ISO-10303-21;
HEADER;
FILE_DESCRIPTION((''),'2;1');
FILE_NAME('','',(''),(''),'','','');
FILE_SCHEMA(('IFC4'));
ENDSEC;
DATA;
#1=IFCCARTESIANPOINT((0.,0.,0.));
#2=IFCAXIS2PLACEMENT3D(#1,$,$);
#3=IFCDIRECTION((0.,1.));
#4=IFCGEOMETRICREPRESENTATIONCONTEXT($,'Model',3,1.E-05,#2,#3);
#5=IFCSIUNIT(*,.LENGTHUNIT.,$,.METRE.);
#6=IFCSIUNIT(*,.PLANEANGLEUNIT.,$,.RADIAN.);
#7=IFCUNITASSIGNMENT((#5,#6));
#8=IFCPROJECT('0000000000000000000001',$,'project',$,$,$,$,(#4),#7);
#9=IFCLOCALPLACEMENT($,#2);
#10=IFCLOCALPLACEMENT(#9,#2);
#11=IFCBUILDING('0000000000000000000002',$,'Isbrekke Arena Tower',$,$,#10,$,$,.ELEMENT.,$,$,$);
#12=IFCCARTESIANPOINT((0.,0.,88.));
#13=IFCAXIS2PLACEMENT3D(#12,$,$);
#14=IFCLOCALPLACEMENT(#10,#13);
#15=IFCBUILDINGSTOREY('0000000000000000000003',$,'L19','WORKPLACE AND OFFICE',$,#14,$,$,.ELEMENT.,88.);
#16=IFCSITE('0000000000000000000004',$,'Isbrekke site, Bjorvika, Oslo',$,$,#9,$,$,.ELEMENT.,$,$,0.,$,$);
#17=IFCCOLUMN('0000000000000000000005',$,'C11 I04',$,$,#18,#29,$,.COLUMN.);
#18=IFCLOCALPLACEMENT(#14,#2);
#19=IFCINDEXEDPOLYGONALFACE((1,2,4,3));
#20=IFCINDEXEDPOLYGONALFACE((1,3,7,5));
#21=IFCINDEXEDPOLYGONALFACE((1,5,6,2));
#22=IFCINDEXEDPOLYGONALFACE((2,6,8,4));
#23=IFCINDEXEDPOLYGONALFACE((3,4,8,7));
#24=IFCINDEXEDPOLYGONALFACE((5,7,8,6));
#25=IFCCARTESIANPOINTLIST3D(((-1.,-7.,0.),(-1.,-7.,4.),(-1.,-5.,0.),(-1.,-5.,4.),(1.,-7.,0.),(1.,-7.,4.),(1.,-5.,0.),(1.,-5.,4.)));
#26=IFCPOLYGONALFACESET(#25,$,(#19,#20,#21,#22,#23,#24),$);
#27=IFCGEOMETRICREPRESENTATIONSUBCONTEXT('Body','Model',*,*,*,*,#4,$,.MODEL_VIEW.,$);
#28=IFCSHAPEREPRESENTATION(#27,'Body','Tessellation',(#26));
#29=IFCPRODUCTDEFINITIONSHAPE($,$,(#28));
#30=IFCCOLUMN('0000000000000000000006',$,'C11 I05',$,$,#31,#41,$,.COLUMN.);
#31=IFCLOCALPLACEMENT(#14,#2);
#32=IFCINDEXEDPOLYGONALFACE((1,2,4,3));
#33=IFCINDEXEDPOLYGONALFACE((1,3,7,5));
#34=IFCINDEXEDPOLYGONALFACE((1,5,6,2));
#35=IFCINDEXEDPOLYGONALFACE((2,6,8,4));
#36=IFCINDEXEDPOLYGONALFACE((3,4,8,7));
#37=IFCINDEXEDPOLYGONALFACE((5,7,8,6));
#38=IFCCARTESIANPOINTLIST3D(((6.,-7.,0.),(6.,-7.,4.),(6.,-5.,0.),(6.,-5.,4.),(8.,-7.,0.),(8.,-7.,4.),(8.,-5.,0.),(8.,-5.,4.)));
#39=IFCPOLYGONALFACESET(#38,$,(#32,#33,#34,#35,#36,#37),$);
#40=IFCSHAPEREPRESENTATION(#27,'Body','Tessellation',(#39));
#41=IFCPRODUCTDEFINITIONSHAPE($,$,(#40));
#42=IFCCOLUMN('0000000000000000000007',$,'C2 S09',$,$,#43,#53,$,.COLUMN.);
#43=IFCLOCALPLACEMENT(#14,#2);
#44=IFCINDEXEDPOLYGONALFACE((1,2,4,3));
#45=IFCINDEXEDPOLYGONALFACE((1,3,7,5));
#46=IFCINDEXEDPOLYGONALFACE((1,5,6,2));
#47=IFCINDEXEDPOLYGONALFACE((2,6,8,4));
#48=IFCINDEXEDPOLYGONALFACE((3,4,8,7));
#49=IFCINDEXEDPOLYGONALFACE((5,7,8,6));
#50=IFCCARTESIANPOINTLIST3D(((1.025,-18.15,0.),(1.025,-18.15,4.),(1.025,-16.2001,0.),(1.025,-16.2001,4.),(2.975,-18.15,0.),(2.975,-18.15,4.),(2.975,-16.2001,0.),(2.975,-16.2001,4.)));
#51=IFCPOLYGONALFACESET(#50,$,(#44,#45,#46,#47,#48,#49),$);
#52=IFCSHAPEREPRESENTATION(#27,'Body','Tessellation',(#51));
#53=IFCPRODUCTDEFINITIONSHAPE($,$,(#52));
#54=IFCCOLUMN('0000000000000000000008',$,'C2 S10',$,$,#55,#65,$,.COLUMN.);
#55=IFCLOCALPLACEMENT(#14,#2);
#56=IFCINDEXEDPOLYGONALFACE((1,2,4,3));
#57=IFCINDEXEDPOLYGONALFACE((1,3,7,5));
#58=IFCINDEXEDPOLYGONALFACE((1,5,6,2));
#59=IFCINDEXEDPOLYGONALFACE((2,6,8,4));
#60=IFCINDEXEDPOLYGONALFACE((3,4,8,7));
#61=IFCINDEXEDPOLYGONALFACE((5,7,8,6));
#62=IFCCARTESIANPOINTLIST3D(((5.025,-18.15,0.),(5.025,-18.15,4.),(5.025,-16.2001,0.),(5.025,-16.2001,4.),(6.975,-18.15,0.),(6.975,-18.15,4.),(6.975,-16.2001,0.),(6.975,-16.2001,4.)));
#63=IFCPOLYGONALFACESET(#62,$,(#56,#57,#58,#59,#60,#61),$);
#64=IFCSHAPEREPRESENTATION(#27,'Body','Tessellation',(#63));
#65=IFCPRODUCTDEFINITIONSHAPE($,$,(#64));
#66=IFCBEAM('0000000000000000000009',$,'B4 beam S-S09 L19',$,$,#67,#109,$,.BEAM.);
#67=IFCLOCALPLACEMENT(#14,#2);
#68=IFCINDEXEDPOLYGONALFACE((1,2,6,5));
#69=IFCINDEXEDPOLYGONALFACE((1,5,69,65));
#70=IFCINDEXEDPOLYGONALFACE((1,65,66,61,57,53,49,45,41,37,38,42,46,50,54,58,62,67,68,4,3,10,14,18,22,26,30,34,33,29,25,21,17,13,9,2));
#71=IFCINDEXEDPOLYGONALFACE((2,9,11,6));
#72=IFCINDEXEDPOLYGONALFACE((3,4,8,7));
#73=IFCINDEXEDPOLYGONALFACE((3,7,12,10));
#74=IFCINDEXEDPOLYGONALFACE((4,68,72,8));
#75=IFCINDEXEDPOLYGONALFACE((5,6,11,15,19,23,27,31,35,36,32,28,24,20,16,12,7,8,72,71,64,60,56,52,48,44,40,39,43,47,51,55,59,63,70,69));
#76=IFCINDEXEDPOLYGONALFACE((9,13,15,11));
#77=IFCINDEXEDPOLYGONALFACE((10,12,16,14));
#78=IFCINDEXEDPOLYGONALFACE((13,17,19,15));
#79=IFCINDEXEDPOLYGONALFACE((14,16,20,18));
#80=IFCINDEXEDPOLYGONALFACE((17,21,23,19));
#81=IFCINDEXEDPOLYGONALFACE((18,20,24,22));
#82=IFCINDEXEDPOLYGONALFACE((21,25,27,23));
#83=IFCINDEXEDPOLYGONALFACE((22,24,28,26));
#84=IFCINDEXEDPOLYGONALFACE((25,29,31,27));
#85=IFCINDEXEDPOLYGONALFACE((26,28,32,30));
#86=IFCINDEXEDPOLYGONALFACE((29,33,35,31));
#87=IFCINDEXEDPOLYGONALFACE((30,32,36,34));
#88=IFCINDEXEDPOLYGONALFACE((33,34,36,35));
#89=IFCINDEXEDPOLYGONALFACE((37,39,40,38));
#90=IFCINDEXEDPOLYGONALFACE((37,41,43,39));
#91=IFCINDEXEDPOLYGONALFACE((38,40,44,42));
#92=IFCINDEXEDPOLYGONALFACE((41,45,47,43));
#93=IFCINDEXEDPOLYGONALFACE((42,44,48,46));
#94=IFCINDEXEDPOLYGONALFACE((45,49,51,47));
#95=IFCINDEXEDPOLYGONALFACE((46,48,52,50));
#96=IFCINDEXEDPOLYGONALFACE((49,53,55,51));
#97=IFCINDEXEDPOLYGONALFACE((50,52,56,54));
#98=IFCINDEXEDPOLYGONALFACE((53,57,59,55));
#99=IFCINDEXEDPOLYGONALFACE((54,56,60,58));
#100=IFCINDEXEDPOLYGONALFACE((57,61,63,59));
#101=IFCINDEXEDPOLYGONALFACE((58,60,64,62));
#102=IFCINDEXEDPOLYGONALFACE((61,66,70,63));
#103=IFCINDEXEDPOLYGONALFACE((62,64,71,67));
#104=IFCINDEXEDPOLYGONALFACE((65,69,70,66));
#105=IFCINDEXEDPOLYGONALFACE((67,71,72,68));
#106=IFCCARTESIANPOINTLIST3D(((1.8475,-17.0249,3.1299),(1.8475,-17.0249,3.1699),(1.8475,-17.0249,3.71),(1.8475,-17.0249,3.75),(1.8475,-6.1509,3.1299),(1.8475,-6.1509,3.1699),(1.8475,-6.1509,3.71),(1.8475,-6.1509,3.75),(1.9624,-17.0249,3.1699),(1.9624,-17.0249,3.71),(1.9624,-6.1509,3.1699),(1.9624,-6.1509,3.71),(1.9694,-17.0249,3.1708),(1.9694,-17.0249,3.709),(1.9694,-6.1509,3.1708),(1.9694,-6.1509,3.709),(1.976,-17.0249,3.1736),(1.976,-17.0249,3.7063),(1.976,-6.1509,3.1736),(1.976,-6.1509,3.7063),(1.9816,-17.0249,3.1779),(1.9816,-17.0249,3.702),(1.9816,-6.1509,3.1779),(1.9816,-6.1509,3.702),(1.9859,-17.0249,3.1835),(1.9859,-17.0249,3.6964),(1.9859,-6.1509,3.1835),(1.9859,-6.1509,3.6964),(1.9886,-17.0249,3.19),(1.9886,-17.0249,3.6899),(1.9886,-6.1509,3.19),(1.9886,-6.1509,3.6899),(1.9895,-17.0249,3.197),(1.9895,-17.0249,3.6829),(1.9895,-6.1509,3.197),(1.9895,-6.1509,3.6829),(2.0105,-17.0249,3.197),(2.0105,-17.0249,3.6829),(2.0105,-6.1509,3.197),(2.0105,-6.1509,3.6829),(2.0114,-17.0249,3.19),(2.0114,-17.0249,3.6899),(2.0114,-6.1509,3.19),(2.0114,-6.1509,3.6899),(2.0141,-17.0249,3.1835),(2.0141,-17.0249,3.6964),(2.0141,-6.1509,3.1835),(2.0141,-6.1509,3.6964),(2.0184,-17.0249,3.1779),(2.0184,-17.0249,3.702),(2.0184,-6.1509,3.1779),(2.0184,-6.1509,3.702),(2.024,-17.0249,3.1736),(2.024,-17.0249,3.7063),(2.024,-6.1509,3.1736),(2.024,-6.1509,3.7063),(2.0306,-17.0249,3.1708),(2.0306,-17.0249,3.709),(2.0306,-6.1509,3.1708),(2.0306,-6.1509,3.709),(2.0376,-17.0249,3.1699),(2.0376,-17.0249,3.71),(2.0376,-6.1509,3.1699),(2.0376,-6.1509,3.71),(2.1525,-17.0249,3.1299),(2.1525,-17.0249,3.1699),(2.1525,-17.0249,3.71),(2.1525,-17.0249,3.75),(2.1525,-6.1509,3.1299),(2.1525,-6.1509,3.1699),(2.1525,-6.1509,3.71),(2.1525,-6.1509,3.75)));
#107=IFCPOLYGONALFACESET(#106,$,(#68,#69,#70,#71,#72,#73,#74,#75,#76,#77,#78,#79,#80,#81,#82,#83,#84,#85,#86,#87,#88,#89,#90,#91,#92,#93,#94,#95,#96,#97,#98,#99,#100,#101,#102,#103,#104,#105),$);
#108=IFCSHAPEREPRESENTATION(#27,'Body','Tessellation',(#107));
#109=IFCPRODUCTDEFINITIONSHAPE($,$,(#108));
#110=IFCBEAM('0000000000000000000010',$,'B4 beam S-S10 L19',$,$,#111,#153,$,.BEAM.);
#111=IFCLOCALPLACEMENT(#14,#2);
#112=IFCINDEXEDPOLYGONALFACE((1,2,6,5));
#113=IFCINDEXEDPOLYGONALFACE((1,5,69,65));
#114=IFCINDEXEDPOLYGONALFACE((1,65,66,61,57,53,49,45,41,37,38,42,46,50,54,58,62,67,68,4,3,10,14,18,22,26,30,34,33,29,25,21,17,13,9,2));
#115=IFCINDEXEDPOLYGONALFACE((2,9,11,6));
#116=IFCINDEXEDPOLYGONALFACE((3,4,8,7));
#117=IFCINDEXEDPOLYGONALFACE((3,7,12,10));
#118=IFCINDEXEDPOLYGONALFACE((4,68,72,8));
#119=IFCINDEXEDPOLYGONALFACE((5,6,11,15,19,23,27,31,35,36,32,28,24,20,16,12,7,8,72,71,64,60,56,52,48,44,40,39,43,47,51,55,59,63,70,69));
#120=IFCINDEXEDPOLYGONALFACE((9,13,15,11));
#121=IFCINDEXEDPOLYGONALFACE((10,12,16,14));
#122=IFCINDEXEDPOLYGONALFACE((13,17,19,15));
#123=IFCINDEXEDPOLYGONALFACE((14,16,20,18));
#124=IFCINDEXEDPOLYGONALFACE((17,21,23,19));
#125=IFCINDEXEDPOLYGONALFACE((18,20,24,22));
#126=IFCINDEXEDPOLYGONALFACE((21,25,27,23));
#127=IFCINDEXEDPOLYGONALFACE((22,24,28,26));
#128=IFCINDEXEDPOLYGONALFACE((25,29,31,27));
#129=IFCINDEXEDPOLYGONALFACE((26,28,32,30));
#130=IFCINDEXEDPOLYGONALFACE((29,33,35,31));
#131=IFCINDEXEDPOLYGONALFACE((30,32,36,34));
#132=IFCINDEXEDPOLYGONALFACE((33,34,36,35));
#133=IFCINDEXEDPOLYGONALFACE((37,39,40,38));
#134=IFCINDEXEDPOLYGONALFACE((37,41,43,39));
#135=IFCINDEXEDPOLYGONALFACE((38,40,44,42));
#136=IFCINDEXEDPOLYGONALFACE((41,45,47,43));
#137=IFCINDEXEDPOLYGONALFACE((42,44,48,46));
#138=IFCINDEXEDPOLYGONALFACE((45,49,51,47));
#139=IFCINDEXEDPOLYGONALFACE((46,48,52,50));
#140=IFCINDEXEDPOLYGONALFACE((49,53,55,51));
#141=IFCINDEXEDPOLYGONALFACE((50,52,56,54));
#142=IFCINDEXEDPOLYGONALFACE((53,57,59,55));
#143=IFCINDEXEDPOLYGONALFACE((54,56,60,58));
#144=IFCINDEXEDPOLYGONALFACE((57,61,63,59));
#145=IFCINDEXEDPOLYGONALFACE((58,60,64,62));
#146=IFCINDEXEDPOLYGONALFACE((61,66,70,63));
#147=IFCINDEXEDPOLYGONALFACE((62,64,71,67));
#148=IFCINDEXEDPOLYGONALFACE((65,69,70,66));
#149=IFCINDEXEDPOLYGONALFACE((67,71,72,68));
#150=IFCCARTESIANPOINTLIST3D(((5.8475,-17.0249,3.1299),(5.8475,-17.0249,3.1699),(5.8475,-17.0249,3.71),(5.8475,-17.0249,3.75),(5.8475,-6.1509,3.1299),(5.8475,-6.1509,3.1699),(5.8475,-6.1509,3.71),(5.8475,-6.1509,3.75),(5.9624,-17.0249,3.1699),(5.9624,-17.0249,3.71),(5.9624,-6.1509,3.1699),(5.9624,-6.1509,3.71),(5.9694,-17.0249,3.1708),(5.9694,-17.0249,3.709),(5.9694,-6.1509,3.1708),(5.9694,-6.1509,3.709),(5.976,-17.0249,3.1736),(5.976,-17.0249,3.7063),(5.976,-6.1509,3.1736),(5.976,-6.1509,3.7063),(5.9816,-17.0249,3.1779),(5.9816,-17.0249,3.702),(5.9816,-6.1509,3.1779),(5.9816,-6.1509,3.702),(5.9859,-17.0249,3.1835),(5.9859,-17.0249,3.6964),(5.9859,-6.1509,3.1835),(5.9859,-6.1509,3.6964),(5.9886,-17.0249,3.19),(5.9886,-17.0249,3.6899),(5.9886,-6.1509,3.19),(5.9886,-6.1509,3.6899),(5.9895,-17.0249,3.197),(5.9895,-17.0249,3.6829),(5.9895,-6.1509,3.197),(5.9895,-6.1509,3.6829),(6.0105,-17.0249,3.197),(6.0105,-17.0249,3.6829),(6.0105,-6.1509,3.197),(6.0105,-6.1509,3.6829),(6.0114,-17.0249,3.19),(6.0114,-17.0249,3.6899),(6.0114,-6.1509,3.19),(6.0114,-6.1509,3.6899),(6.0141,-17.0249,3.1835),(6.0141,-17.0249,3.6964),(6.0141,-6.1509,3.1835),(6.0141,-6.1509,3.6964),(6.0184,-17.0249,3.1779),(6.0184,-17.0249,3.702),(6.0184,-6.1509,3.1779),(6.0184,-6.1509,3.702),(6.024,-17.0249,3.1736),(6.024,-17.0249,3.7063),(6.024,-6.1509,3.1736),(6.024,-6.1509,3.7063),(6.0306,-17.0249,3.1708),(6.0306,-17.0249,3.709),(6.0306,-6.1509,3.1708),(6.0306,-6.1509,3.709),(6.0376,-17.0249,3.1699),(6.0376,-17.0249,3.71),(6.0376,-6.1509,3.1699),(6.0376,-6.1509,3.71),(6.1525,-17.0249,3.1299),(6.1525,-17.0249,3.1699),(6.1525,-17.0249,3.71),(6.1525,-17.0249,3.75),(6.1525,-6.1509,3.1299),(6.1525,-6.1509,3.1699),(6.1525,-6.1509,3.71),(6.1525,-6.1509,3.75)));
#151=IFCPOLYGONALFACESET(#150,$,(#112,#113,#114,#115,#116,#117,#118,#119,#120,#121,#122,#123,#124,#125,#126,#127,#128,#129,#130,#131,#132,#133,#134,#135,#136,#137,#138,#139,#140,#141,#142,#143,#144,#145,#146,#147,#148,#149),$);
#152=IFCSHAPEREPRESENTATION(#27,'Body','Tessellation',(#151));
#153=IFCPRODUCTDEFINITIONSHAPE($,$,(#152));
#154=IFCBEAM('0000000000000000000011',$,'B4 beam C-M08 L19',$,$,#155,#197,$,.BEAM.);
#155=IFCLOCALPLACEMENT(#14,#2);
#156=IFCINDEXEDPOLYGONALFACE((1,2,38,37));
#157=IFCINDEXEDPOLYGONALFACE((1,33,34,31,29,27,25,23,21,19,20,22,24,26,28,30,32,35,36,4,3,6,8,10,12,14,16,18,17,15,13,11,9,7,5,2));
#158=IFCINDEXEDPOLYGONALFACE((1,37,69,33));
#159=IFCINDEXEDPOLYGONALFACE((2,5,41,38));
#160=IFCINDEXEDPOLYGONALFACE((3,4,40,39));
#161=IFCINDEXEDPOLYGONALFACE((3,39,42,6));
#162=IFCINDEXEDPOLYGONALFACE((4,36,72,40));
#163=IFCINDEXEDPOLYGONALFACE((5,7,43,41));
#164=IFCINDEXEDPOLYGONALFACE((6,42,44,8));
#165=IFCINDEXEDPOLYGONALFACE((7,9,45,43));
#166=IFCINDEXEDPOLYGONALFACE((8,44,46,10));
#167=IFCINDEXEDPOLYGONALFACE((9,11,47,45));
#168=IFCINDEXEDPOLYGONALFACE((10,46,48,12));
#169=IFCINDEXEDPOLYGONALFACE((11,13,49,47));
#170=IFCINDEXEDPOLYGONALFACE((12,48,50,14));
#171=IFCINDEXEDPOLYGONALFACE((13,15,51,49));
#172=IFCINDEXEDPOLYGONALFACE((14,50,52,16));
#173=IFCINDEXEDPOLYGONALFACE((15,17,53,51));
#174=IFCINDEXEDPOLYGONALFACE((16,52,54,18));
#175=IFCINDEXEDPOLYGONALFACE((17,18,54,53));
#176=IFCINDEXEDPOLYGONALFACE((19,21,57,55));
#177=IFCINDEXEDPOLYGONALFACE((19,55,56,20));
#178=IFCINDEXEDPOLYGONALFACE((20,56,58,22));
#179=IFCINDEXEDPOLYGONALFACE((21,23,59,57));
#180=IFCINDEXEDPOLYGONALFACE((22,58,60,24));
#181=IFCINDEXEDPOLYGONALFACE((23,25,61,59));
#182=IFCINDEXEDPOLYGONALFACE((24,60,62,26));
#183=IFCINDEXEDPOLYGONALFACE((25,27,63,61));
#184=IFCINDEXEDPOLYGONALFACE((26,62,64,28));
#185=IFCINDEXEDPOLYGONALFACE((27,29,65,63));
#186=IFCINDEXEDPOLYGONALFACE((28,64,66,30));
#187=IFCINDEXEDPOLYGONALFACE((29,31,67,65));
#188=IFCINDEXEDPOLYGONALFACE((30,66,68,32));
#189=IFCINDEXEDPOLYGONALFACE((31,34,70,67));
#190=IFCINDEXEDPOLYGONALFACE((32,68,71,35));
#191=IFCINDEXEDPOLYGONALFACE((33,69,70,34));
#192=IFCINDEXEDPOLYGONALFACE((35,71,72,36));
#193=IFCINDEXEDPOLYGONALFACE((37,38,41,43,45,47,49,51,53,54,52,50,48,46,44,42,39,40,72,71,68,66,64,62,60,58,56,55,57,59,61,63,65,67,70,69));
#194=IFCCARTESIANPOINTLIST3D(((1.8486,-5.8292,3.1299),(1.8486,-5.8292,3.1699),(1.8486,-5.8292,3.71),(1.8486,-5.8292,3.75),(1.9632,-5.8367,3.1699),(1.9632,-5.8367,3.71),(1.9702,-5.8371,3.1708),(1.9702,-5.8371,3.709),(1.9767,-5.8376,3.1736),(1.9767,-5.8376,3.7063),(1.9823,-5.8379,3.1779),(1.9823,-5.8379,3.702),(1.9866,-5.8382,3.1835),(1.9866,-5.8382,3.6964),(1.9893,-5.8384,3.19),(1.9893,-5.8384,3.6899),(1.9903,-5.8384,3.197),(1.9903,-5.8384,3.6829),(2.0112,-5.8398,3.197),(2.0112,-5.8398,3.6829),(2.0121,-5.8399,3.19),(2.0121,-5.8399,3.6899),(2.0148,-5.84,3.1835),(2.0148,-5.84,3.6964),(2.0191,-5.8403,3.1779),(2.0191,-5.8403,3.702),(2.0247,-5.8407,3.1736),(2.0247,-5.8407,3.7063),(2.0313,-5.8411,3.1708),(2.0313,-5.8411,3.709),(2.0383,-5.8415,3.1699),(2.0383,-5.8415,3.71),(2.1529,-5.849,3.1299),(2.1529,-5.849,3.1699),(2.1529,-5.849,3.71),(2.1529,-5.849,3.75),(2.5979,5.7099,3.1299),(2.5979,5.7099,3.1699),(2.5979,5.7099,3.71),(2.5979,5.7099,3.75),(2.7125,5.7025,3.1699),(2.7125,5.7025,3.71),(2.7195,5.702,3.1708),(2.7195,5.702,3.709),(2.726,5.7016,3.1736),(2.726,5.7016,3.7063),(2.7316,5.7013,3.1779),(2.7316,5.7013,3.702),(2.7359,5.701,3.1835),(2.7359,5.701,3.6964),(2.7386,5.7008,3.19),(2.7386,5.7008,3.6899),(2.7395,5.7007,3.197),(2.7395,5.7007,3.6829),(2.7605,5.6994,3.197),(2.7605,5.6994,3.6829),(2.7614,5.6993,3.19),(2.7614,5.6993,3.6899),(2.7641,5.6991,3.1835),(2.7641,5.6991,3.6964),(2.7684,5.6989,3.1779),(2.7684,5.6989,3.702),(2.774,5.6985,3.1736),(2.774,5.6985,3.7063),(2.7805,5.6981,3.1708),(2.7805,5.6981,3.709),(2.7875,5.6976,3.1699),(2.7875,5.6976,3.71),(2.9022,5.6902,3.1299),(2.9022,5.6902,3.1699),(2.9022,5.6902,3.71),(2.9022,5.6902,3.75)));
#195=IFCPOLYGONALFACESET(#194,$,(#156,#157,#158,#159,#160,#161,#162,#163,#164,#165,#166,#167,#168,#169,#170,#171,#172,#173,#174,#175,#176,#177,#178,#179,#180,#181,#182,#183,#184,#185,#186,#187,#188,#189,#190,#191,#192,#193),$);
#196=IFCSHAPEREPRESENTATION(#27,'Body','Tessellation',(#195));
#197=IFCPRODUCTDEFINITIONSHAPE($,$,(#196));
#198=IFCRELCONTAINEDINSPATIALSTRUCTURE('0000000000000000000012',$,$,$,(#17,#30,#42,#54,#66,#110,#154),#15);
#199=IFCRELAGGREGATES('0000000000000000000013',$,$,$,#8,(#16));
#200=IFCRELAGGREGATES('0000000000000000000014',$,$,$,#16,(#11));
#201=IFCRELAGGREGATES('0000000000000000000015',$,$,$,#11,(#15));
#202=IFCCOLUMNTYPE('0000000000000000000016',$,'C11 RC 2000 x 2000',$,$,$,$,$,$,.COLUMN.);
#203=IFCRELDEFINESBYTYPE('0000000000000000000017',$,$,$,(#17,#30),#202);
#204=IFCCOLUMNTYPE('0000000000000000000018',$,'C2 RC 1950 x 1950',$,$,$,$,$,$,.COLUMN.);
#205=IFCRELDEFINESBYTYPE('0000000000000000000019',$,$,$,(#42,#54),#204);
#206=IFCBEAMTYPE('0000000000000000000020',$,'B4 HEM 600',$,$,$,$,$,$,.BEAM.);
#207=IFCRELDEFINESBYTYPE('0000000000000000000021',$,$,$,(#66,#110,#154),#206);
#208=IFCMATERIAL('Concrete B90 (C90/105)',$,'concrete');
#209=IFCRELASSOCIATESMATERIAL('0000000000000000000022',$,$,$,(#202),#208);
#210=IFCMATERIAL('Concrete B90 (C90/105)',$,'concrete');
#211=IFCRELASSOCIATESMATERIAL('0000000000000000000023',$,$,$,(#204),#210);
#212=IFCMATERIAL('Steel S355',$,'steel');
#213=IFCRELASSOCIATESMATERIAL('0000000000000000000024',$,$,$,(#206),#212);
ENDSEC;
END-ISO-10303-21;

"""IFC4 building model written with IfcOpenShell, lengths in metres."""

from ifc_helpers import new_model, si_unit, direction, frame, origin, origin_2d, place, context, subcontext, project, spatial, rectangle, i_section, extrude, material, material_profile, profile_set, type_object, element, save


model = new_model("IFC4")

# Units and contexts
model_context = context("Model", 3, precision=1e-05, world=origin(), true_north=direction((0.0, 1.0)))
body_context = subcontext(model_context, "Body", "Model", "MODEL_VIEW")
ifc_project = project(units=[si_unit("LENGTHUNIT", "METRE"), si_unit("PLANEANGLEUNIT", "RADIAN")], contexts=[model_context])

# Site, building, storey
site_placement = place(None, origin())
site = spatial("IfcSite", under=ifc_project, at=site_placement, Name="Isbrekke site, Bjorvika, Oslo", CompositionType="ELEMENT", RefElevation=0.0)
building_placement = place(site_placement, origin())
building = spatial("IfcBuilding", under=site, at=building_placement, Name="Isbrekke Arena Tower", CompositionType="ELEMENT")
storey_placement = place(building_placement, frame((0.0, 0.0, 88.0)))
storey = spatial("IfcBuildingStorey", under=building, at=storey_placement, Name="L19", Description="WORKPLACE AND OFFICE", CompositionType="ELEMENT", Elevation=88.0)

# Columns
ifc_material_1 = material(Name="Concrete B90 (C90/105)", Category="concrete")
ifc_material_profile_1 = material_profile(ifc_material_1, rectangle(XDim=2.0, YDim=2.0, at=origin_2d()), Name="RC 2000x2000")
ifc_profile_set_1 = profile_set([ifc_material_profile_1], Name="Concrete B90 (C90/105)")
column_type_1 = type_object("IfcColumnType", Name="C11 RC 2000 x 2000", PredefinedType="COLUMN", material=ifc_profile_set_1)
for number, where, z_axis, x_axis, name in (
    (1, (0.0, -6.0, 0.0), (0.0, 0.0, 1.0), (1.0, 0.0, 0.0), "C11 I04"),
    (2, (7.0, -6.0, 0.0), (0.0, 0.0, 1.0), (1.0, 0.0, 0.0), "C11 I05"),
):
    element("IfcColumn", number, at=place(storey_placement, frame(where, z_axis=z_axis, x_axis=x_axis)), inside=storey, type_object=column_type_1, Name=name, PredefinedType="COLUMN", context=body_context, shape_type="SweptSolid", body=[
        extrude(rectangle(XDim=2.0, YDim=2.0, at=origin_2d()), origin(), (0.0, 0.0, 1.0), 4.0),
    ])
ifc_material_2 = material(Name="Concrete B90 (C90/105)", Category="concrete")
ifc_material_profile_2 = material_profile(ifc_material_2, rectangle(XDim=1.95, YDim=1.95, at=origin_2d()), Name="RC 1950x1950")
ifc_profile_set_2 = profile_set([ifc_material_profile_2], Name="Concrete B90 (C90/105)")
column_type_2 = type_object("IfcColumnType", Name="C2 RC 1950 x 1950", PredefinedType="COLUMN", material=ifc_profile_set_2)
for number, where, z_axis, x_axis, name in (
    (3, (2.0, -17.175, 0.0), (0.0, 0.0, 1.0), (1.0, 0.0, 0.0), "C2 S09"),
    (4, (6.0, -17.175, 0.0), (0.0, 0.0, 1.0), (1.0, 0.0, 0.0), "C2 S10"),
):
    element("IfcColumn", number, at=place(storey_placement, frame(where, z_axis=z_axis, x_axis=x_axis)), inside=storey, type_object=column_type_2, Name=name, PredefinedType="COLUMN", context=body_context, shape_type="SweptSolid", body=[
        extrude(rectangle(XDim=1.95, YDim=1.95, at=origin_2d()), origin(), (0.0, 0.0, 1.0), 4.0),
    ])

# Beams
ifc_material_3 = material(Name="Steel S355", Category="steel")
ifc_material_profile_3 = material_profile(ifc_material_3, i_section(OverallWidth=0.3049, OverallDepth=0.6201, WebThickness=0.021, FlangeThickness=0.04, FilletRadius=0.0271, at=origin_2d()), Name="HEM 600")
ifc_profile_set_3 = profile_set([ifc_material_profile_3], Name="Steel S355")
beam_type_1 = type_object("IfcBeamType", Name="B4 HEM 600", PredefinedType="BEAM", material=ifc_profile_set_3)
for number, where, z_axis, x_axis, name in (
    (5, (2.0, -17.0249, 3.4399), (0.0, 1.0, 0.0), (-1.0, 0.0, 0.0), "B4 beam S-S09 L19"),
    (6, (6.0, -17.0249, 3.4399), (0.0, 1.0, 0.0), (-1.0, 0.0, 0.0), "B4 beam S-S10 L19"),
):
    element("IfcBeam", number, at=place(storey_placement, frame(where, z_axis=z_axis, x_axis=x_axis)), inside=storey, type_object=beam_type_1, Name=name, PredefinedType="BEAM", context=body_context, shape_type="SweptSolid", body=[
        extrude(i_section(OverallWidth=0.3049, OverallDepth=0.6201, WebThickness=0.021, FlangeThickness=0.04, FilletRadius=0.0271, at=origin_2d()), origin(), (0.0, 0.0, 1.0), 10.874),
    ])
beam_1_placement = place(storey_placement, frame((2.0007, -5.8391, 3.4399), z_axis=(0.064797, 0.997898, 0.0), x_axis=(-0.997898, 0.064797, 0.0)))
element("IfcBeam", 7, at=beam_1_placement, inside=storey, type_object=beam_type_1, Name="B4 beam C-M08 L19", PredefinedType="BEAM", context=body_context, shape_type="SweptSolid", body=[
    extrude(i_section(OverallWidth=0.3049, OverallDepth=0.6201, WebThickness=0.021, FlangeThickness=0.04, FilletRadius=0.0271, at=origin_2d()), origin(), (0.0, 0.0, 1.0), 11.5635),
])

save(model, "model.ifc")
